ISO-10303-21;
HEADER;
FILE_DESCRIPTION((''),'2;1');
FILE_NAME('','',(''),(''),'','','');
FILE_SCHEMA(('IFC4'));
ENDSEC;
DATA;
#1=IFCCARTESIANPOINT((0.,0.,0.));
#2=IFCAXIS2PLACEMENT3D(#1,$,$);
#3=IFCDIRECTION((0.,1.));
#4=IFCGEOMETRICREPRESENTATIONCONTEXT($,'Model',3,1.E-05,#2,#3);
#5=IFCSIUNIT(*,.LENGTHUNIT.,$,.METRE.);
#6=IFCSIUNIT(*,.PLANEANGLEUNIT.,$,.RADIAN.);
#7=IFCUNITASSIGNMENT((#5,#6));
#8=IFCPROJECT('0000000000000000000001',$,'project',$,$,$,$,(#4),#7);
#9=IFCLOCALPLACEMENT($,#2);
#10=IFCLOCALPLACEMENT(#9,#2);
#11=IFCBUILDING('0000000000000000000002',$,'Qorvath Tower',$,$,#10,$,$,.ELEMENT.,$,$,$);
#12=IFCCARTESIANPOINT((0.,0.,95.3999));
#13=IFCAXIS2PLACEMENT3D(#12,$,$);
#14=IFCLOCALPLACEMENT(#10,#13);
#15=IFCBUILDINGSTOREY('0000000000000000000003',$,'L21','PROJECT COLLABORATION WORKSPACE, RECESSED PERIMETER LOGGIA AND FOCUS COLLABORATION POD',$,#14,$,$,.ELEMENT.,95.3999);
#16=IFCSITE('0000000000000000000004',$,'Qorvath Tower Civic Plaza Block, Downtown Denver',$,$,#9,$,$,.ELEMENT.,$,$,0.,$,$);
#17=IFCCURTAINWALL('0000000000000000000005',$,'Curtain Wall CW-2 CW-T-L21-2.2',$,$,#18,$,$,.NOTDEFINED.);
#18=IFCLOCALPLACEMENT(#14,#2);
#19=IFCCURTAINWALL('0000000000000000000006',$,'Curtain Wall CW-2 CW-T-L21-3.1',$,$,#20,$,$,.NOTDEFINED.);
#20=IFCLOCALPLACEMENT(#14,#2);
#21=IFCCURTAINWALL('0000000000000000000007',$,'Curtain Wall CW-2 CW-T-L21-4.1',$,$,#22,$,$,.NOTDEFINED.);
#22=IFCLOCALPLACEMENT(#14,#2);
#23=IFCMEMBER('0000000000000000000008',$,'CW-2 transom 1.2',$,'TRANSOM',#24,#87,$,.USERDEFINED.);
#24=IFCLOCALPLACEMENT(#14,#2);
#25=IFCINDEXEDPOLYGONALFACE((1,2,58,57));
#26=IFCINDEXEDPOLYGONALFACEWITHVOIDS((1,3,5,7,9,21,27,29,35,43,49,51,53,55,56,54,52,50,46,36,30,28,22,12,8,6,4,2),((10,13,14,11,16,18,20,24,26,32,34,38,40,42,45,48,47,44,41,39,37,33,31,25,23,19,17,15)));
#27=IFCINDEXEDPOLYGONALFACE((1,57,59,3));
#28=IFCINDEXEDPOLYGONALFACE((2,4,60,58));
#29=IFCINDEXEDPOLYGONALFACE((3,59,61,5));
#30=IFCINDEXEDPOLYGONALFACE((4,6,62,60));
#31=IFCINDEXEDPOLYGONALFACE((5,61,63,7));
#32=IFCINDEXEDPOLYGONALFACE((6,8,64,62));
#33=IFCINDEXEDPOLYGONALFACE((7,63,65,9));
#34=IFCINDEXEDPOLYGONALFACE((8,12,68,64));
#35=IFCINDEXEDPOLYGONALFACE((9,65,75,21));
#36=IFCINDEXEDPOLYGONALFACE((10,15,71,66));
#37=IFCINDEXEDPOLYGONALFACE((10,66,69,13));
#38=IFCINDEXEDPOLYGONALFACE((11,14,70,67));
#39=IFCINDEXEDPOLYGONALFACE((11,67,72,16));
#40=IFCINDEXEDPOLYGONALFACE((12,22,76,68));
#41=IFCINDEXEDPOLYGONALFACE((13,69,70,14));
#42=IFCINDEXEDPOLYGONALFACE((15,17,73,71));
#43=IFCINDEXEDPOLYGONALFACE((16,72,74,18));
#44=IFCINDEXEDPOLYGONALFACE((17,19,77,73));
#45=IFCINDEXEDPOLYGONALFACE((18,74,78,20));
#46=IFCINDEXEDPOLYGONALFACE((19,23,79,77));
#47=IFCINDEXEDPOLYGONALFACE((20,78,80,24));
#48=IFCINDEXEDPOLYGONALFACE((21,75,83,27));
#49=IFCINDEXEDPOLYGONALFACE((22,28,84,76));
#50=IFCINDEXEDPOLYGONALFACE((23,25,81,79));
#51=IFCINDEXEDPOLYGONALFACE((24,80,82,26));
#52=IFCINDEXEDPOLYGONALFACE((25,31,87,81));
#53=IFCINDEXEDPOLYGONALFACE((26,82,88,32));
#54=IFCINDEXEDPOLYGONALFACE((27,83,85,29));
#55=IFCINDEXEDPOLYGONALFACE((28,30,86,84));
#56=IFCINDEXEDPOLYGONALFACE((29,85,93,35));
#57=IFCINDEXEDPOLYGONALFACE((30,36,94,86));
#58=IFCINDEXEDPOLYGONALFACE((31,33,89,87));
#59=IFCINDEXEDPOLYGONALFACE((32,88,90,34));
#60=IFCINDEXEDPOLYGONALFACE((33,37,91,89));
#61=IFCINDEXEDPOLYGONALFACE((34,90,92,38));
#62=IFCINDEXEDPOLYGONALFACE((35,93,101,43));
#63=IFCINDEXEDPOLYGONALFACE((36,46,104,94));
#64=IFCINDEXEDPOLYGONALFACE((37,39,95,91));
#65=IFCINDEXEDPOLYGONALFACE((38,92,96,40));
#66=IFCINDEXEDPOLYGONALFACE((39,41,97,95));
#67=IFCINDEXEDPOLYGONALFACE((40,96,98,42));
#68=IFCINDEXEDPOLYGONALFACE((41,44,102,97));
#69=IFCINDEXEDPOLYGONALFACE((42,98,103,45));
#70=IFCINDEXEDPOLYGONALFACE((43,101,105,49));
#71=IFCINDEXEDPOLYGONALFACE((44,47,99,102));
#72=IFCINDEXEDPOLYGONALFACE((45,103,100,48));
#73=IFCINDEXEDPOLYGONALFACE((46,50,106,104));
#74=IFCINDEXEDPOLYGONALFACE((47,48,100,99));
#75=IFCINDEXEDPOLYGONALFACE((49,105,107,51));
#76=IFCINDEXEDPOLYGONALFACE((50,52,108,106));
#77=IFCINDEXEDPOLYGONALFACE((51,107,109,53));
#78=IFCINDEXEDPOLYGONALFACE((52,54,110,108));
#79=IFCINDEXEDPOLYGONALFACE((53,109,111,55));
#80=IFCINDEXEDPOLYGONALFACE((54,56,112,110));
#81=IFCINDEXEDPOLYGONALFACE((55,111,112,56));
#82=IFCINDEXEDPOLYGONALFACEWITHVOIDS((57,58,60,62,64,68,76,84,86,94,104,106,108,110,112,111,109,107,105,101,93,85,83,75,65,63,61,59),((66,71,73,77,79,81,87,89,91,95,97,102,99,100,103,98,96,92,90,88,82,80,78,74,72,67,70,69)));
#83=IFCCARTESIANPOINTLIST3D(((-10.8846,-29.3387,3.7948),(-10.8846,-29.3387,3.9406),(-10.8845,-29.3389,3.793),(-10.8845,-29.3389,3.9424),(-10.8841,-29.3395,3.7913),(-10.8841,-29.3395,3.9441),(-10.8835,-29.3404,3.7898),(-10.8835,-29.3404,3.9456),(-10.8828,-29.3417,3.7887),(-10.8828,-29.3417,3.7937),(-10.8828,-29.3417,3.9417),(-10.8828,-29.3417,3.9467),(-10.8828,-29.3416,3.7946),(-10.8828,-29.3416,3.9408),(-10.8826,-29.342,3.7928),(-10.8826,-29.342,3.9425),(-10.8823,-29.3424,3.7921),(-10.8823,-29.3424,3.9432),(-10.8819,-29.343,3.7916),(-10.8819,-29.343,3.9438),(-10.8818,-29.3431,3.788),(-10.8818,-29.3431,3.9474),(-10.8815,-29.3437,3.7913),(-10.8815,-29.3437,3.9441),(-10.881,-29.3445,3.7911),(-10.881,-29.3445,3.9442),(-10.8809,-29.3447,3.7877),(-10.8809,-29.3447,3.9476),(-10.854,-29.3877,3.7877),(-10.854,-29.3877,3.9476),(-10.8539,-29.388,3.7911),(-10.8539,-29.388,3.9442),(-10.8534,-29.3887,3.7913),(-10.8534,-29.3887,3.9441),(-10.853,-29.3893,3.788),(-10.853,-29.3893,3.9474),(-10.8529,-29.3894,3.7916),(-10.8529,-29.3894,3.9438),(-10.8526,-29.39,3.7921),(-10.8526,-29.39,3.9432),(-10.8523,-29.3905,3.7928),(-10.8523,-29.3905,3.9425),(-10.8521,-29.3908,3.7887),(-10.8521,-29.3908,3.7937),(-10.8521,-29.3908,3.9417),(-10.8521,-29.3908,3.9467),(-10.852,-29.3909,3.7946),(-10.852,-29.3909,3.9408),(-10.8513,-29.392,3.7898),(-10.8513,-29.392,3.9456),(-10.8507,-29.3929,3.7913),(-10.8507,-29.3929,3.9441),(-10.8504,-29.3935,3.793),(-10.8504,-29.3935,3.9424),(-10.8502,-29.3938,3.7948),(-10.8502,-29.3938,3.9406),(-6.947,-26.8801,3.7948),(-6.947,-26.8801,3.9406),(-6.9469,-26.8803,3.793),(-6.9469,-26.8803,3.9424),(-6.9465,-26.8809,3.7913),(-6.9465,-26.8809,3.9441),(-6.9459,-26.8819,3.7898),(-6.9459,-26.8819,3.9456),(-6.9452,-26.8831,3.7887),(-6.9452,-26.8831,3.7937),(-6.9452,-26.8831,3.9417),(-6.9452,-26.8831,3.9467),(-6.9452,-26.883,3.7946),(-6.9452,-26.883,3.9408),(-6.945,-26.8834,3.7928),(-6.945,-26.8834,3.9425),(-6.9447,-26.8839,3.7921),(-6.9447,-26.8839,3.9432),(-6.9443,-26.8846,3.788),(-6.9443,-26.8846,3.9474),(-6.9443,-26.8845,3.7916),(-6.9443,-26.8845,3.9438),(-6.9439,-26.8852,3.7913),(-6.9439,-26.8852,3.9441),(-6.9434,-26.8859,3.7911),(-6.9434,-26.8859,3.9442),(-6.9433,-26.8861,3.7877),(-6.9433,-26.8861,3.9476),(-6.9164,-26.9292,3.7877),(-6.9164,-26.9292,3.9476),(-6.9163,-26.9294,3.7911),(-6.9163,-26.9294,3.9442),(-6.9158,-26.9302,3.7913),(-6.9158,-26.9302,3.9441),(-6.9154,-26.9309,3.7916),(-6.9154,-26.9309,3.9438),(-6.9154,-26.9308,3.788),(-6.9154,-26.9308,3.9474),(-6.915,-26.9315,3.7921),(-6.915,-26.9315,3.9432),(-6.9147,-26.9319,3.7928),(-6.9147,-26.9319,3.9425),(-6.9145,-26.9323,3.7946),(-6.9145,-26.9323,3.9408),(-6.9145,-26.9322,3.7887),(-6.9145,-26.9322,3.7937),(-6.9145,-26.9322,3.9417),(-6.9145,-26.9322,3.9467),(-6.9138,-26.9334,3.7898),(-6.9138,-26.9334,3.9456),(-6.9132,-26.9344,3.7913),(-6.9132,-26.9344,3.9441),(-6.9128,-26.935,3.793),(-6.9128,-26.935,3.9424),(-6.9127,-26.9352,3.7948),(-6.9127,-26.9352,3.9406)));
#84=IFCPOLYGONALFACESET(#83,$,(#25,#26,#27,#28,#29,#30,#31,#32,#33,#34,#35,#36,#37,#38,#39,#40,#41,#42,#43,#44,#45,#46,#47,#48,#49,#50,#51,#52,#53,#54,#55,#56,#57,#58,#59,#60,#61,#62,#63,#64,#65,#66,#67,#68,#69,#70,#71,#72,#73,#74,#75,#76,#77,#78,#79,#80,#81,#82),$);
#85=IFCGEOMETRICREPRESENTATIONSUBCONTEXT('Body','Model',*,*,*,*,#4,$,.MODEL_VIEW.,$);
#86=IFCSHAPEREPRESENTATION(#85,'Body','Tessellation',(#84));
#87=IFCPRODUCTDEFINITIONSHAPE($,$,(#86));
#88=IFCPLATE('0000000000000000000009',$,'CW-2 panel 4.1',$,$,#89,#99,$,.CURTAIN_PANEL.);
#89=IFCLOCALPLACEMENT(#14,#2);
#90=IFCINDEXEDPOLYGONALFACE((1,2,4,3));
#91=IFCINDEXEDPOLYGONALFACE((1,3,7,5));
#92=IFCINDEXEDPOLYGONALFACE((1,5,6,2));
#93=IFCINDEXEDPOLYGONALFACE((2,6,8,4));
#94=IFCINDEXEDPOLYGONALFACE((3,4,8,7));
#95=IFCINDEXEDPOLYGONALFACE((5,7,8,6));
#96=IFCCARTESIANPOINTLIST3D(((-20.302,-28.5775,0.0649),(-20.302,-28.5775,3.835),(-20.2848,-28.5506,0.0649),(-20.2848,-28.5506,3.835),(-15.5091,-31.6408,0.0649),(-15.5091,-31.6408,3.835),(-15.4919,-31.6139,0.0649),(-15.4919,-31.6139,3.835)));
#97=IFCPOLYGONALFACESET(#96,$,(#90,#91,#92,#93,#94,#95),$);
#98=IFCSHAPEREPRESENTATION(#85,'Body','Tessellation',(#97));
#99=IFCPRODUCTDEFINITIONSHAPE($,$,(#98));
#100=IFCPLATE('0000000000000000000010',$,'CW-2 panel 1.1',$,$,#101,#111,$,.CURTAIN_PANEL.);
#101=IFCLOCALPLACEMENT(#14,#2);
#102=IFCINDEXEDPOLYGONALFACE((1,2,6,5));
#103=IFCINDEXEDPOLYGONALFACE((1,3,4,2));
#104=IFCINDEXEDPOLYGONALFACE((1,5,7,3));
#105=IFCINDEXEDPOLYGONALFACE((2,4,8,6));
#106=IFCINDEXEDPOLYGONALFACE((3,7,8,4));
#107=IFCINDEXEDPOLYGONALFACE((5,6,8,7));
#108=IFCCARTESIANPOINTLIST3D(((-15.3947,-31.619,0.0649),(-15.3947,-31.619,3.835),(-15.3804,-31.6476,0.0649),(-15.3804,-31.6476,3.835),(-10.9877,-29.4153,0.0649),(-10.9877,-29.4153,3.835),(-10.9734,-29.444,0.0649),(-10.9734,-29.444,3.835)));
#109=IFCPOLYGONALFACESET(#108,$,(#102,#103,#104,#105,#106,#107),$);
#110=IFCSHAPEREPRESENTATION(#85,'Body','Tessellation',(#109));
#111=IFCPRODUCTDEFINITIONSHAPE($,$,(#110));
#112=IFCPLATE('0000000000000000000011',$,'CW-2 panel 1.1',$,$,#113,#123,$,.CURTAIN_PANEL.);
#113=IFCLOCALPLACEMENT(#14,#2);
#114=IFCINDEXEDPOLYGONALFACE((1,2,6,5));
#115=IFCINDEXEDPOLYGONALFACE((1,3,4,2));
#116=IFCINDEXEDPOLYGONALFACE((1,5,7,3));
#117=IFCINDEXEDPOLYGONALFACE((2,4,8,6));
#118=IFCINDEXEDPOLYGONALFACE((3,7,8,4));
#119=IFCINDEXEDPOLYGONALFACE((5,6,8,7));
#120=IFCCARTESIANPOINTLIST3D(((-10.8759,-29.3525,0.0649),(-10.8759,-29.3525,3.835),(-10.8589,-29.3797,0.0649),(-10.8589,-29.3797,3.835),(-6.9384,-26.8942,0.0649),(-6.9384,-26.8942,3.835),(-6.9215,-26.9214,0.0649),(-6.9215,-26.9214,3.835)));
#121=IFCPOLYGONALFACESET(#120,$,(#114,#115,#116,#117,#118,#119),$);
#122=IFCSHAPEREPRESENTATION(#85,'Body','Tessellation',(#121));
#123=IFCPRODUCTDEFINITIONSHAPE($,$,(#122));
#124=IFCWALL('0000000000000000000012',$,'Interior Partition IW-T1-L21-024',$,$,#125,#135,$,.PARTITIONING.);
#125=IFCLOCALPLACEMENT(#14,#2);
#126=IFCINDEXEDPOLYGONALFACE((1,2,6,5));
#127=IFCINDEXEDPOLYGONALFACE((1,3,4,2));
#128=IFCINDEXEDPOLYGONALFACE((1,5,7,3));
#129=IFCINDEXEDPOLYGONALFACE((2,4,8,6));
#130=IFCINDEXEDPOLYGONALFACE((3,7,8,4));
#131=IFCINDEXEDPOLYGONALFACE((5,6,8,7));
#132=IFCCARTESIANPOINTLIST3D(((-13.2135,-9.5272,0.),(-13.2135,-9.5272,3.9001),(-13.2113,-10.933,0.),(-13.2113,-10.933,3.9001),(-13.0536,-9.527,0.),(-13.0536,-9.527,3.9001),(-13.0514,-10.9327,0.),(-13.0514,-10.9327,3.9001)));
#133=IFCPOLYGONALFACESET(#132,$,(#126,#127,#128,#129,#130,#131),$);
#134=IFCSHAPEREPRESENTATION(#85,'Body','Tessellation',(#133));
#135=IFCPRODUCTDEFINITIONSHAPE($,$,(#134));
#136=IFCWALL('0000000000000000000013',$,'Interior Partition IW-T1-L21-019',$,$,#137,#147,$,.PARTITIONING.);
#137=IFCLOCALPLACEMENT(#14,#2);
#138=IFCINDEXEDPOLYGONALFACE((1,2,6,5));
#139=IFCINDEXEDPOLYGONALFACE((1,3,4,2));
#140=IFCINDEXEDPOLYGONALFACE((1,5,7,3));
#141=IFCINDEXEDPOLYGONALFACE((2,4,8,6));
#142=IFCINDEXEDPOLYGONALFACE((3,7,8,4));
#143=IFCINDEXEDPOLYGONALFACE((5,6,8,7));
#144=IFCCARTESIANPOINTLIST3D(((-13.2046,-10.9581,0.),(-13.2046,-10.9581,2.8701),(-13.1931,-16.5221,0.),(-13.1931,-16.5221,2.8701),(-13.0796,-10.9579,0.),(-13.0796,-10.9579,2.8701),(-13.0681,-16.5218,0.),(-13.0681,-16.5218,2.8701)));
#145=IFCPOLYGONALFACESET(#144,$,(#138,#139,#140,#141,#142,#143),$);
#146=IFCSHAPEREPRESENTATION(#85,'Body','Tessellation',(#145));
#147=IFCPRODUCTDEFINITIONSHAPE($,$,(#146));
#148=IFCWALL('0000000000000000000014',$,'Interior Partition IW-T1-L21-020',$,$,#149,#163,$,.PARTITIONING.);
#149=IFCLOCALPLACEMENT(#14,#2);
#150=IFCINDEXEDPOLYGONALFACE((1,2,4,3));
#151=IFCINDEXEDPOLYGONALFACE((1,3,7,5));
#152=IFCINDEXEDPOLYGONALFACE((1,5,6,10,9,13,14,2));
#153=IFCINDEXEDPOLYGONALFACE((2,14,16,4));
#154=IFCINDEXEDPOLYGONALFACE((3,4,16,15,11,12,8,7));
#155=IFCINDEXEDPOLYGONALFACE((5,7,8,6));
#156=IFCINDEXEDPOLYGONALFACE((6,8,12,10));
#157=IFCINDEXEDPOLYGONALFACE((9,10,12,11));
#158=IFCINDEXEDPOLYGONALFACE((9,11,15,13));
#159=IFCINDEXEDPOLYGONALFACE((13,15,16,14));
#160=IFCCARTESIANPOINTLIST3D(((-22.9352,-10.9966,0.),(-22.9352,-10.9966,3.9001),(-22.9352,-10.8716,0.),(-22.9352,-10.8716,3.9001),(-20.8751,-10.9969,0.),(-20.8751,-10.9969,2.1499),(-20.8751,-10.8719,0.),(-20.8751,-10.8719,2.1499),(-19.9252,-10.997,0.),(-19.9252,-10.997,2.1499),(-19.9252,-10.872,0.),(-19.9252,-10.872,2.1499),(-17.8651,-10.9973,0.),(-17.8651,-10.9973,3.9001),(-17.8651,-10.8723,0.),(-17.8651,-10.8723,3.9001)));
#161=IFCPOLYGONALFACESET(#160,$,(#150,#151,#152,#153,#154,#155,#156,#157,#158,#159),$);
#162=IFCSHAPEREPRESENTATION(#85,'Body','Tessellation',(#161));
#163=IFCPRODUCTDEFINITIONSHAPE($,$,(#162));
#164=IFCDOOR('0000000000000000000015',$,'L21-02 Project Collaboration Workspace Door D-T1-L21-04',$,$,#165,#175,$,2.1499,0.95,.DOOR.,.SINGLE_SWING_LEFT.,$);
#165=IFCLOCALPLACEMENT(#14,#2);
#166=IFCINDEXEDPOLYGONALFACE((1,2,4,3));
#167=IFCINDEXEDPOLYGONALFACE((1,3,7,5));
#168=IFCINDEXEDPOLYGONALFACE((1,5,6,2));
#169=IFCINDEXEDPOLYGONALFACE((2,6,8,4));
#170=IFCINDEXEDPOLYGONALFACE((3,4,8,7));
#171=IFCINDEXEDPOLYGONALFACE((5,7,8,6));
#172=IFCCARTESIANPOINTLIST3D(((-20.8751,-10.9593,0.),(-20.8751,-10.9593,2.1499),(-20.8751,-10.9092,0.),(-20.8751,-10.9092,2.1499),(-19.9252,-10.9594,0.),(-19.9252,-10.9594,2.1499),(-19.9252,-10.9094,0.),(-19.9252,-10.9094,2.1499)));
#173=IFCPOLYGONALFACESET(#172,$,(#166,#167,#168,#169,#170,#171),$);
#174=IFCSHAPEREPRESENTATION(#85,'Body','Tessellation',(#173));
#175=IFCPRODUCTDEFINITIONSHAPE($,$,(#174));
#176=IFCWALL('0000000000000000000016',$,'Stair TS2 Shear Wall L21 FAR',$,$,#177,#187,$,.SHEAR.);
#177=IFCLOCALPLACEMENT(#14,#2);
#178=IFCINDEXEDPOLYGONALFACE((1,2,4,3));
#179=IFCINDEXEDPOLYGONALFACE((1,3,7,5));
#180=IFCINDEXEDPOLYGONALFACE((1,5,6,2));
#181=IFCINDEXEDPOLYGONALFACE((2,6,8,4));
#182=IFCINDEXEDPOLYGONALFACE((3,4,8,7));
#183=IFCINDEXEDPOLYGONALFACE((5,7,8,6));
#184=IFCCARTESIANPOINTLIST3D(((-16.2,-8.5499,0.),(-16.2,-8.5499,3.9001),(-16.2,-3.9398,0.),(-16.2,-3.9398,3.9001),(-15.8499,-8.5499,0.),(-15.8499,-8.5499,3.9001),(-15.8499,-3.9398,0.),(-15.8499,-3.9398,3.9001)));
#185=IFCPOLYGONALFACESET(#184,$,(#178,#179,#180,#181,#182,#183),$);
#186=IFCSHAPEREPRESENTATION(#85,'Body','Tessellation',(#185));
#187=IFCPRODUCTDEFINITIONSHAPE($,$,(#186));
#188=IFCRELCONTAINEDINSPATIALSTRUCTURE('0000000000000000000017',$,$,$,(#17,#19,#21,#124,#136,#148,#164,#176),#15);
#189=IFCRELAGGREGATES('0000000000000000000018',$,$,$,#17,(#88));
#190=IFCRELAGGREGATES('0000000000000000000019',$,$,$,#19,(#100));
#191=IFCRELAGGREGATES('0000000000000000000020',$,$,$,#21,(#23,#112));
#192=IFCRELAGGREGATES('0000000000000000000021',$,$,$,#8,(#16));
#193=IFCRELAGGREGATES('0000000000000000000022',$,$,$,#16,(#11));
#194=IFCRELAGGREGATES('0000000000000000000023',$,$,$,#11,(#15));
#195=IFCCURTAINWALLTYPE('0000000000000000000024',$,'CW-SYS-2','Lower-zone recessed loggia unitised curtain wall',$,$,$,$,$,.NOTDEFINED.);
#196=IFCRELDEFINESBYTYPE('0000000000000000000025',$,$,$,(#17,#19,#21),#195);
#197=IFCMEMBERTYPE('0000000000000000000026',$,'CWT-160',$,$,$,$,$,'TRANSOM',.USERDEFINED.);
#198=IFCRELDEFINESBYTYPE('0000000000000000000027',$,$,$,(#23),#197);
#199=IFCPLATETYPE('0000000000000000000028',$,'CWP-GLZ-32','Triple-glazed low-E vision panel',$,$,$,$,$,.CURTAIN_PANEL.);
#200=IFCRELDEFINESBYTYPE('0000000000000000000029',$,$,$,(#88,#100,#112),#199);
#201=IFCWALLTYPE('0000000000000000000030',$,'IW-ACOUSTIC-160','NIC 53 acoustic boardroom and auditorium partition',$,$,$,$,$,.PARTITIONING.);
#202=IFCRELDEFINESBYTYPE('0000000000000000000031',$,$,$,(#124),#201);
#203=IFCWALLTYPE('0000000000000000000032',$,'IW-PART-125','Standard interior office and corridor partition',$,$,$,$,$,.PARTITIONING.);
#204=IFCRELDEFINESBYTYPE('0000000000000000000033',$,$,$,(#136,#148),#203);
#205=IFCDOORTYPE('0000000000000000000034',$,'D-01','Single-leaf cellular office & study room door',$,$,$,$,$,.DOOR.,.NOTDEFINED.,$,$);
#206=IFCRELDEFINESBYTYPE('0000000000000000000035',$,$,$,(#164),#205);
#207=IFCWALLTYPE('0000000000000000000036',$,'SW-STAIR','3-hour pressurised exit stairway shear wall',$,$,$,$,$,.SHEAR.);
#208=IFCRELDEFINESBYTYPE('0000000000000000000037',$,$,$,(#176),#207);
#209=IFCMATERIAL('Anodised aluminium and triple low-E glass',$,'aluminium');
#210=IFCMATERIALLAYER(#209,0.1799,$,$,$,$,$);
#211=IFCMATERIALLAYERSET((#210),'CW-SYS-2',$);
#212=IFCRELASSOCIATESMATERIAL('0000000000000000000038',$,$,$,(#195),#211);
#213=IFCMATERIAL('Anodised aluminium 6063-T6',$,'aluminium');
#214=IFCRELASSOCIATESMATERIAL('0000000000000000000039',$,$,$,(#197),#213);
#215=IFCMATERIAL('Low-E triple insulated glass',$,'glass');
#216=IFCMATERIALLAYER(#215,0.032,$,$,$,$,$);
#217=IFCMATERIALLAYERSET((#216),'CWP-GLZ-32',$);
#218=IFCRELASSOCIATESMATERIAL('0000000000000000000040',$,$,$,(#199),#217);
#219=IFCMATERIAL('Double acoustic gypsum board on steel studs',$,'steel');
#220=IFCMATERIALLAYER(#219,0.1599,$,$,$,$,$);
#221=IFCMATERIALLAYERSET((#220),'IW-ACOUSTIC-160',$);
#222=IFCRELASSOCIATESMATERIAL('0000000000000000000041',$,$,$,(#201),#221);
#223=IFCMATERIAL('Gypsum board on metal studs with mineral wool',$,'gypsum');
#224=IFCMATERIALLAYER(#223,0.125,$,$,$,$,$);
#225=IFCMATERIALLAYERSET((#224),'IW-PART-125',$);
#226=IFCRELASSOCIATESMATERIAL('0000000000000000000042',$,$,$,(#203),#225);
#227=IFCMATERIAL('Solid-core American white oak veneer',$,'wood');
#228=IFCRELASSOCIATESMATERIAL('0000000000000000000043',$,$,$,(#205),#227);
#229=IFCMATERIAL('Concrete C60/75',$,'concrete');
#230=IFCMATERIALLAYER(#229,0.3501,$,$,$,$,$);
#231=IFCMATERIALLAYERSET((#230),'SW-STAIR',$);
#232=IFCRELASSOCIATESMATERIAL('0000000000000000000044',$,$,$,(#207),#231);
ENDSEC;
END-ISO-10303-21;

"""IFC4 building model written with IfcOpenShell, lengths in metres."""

from ifc_helpers import new_model, si_unit, direction, frame, frame_2d, origin, origin_2d, place, context, subcontext, project, spatial, rectangle, hollow_rectangle, extrude, material, layer, layer_set, material_profile, profile_set, type_object, element, fill, aggregate, save


model = new_model("IFC4")

# Units and contexts
model_context = context("Model", 3, precision=1e-05, world=origin(), true_north=direction((0.0, 1.0)))
body_context = subcontext(model_context, "Body", "Model", "MODEL_VIEW")
ifc_project = project(units=[si_unit("LENGTHUNIT", "METRE"), si_unit("PLANEANGLEUNIT", "RADIAN")], contexts=[model_context])

# Site, building, storey
site_placement = place(None, origin())
site = spatial("IfcSite", under=ifc_project, at=site_placement, Name="Qorvath Tower Civic Plaza Block, Downtown Denver", CompositionType="ELEMENT", RefElevation=0.0)
building_placement = place(site_placement, origin())
building = spatial("IfcBuilding", under=site, at=building_placement, Name="Qorvath Tower", CompositionType="ELEMENT")
storey_placement = place(building_placement, frame((0.0, 0.0, 95.3999)))
storey = spatial("IfcBuildingStorey", under=building, at=storey_placement, Name="L21", Description="PROJECT COLLABORATION WORKSPACE, RECESSED PERIMETER LOGGIA AND FOCUS COLLABORATION POD", CompositionType="ELEMENT", Elevation=95.3999)

# Curtain wall
ifc_material_1 = material(Name="Anodised aluminium and triple low-E glass", Category="aluminium")
ifc_layer_1 = layer(ifc_material_1, 0.1799)
ifc_layer_set_1 = layer_set([ifc_layer_1], Name="CW-SYS-2")
curtain_wall_type = type_object("IfcCurtainWallType", Name="CW-SYS-2", Description="Lower-zone recessed loggia unitised curtain wall", PredefinedType="NOTDEFINED", material=ifc_layer_set_1)
curtain_wall_1_placement = place(storey_placement, origin())
curtain_wall_1 = element("IfcCurtainWall", 1, at=curtain_wall_1_placement, inside=storey, type_object=curtain_wall_type, Name="Curtain Wall CW-2 CW-T-L21-2.2", PredefinedType="NOTDEFINED")

# Curtain wall
curtain_wall_2_placement = place(storey_placement, origin())
curtain_wall_2 = element("IfcCurtainWall", 2, at=curtain_wall_2_placement, inside=storey, type_object=curtain_wall_type, Name="Curtain Wall CW-2 CW-T-L21-3.1", PredefinedType="NOTDEFINED")

# Curtain wall
curtain_wall_3_placement = place(storey_placement, origin())
curtain_wall_3 = element("IfcCurtainWall", 3, at=curtain_wall_3_placement, inside=storey, type_object=curtain_wall_type, Name="Curtain Wall CW-2 CW-T-L21-4.1", PredefinedType="NOTDEFINED")

# Member
ifc_material_2 = material(Name="Anodised aluminium 6063-T6", Category="aluminium")
ifc_material_profile_1 = material_profile(ifc_material_2, hollow_rectangle(XDim=0.0649, YDim=0.1599, WallThickness=0.0034, InnerFilletRadius=0.0034, OuterFilletRadius=0.0071, at=origin_2d()), Name="CWT 160x65")
ifc_profile_set_1 = profile_set([ifc_material_profile_1], Name="Anodised aluminium 6063-T6")
member_type_1 = type_object("IfcMemberType", Name="CWT-160", ElementType="TRANSOM", PredefinedType="USERDEFINED", material=ifc_profile_set_1)
member_1_placement = place(storey_placement, frame((-10.8674, -29.3662, 3.8677), z_axis=(0.848235, 0.529621, 0.0), x_axis=(-0.529621, 0.848235, 0.0)))
member_1 = element("IfcMember", 4, at=member_1_placement, type_object=member_type_1, Name="CW-2 transom 1.2", ObjectType="TRANSOM", PredefinedType="USERDEFINED", context=body_context, shape_type="SweptSolid", body=[
    extrude(hollow_rectangle(XDim=0.0649, YDim=0.1599, WallThickness=0.0034, InnerFilletRadius=0.0034, OuterFilletRadius=0.0071, at=origin_2d()), origin(), (0.0, 0.0, 1.0), 4.6421),
])

# Plates
ifc_material_3 = material(Name="Low-E triple insulated glass", Category="glass")
ifc_layer_2 = layer(ifc_material_3, 0.032)
ifc_layer_set_2 = layer_set([ifc_layer_2], Name="CWP-GLZ-32")
plate_type = type_object("IfcPlateType", Name="CWP-GLZ-32", Description="Triple-glazed low-E vision panel", PredefinedType="CURTAIN_PANEL", material=ifc_layer_set_2)
plate_1_placement = place(storey_placement, frame((-17.897, -30.0957, 0.0649), z_axis=(0.0, 0.0, 1.0), x_axis=(0.842601, -0.538539, 0.0)))
plate_1 = element("IfcPlate", 5, at=plate_1_placement, type_object=plate_type, Name="CW-2 panel 4.1", PredefinedType="CURTAIN_PANEL", context=body_context, shape_type="SweptSolid", body=[
    extrude(rectangle(XDim=5.6882, YDim=0.032, at=origin_2d()), origin(), (0.0, 0.0, 1.0), 3.77),
])
aggregate(curtain_wall_1, [plate_1])
plate_2_placement = place(storey_placement, frame((-13.1841, -30.5315, 0.0649), z_axis=(0.0, 0.0, 1.0), x_axis=(0.894411, 0.447245, 0.0)))
plate_2 = element("IfcPlate", 6, at=plate_2_placement, type_object=plate_type, Name="CW-2 panel 1.1", PredefinedType="CURTAIN_PANEL", context=body_context, shape_type="SweptSolid", body=[
    extrude(rectangle(XDim=4.9272, YDim=0.032, at=origin_2d()), origin(), (0.0, 0.0, 1.0), 3.77),
])
aggregate(curtain_wall_2, [plate_2])
plate_3_placement = place(storey_placement, frame((-8.8987, -28.137, 0.0649), z_axis=(0.0, 0.0, 1.0), x_axis=(0.84825, 0.529596, 0.0)))
plate_3 = element("IfcPlate", 7, at=plate_3_placement, type_object=plate_type, Name="CW-2 panel 1.1", PredefinedType="CURTAIN_PANEL", context=body_context, shape_type="SweptSolid", body=[
    extrude(rectangle(XDim=4.6418, YDim=0.032, at=origin_2d()), origin(), (0.0, 0.0, 1.0), 3.77),
])
aggregate(curtain_wall_3, [member_1, plate_3])

# Walls
ifc_material_4 = material(Name="Double acoustic gypsum board on steel studs", Category="steel")
ifc_layer_3 = layer(ifc_material_4, 0.1599)
ifc_layer_set_3 = layer_set([ifc_layer_3], Name="IW-ACOUSTIC-160")
wall_type_1 = type_object("IfcWallType", Name="IW-ACOUSTIC-160", Description="NIC 53 acoustic boardroom and auditorium partition", PredefinedType="PARTITIONING", material=ifc_layer_set_3)
wall_1_placement = place(storey_placement, frame((-13.1335, -9.5271, 0.0), z_axis=(0.0, 0.0, 1.0), x_axis=(0.001563, -0.999999, 0.0)))
element("IfcWall", 8, at=wall_1_placement, inside=storey, type_object=wall_type_1, Name="Interior Partition IW-T1-L21-024", PredefinedType="PARTITIONING", context=body_context, shape_type="SweptSolid", body=[
    extrude(rectangle(XDim=1.4058, YDim=0.1599, at=frame_2d((0.7029, 0.0))), origin(), (0.0, 0.0, 1.0), 3.9001),
])
ifc_material_5 = material(Name="Gypsum board on metal studs with mineral wool", Category="gypsum")
ifc_layer_4 = layer(ifc_material_5, 0.125)
ifc_layer_set_4 = layer_set([ifc_layer_4], Name="IW-PART-125")
wall_type_2 = type_object("IfcWallType", Name="IW-PART-125", Description="Standard interior office and corridor partition", PredefinedType="PARTITIONING", material=ifc_layer_set_4)
wall_2_placement = place(storey_placement, frame((-13.1306, -16.522, 0.0), z_axis=(0.0, 0.0, 1.0), x_axis=(-0.002062, 0.999998, 0.0)))
element("IfcWall", 9, at=wall_2_placement, inside=storey, type_object=wall_type_2, Name="Interior Partition IW-T1-L21-019", PredefinedType="PARTITIONING", context=body_context, shape_type="SweptSolid", body=[
    extrude(rectangle(XDim=5.564, YDim=0.125, at=frame_2d((2.782, 0.0))), origin(), (0.0, 0.0, 1.0), 2.8701),
])

# Wall, opening, door
wall_3_placement = place(storey_placement, frame((-17.865, -10.9348, 0.0), z_axis=(0.0, 0.0, 1.0), x_axis=(-1.0, 0.000144, 0.0)))
wall_3 = element("IfcWall", 10, at=wall_3_placement, inside=storey, type_object=wall_type_2, Name="Interior Partition IW-T1-L21-020", PredefinedType="PARTITIONING", context=body_context, shape_type="SweptSolid", body=[
    extrude(rectangle(XDim=5.0701, YDim=0.125, at=frame_2d((2.5352, 0.0))), origin(), (0.0, 0.0, 1.0), 3.9001),
])
opening_placement = place(wall_3_placement, frame((2.0601, 0.0, 0.0)))
opening = element("IfcOpeningElement", 11, at=opening_placement, cuts=wall_3, PredefinedType="OPENING", context=body_context, shape_type="SweptSolid", body=[
    extrude(rectangle(XDim=0.95, YDim=2.1499, at=frame_2d((0.4751, 1.075))), frame((0.0, 0.0725, 0.0), z_axis=(0.0, -1.0, 0.0), x_axis=(1.0, 0.0, 0.0)), (0.0, 0.0, 1.0), 0.145),
])
ifc_material_6 = material(Name="Solid-core American white oak veneer", Category="wood")
door_type = type_object("IfcDoorType", Name="D-01", Description="Single-leaf cellular office & study room door", OperationType="NOTDEFINED", PredefinedType="DOOR", material=ifc_material_6)
door_placement = place(opening_placement, origin())
door = element("IfcDoor", 12, at=door_placement, inside=storey, type_object=door_type, Name="L21-02 Project Collaboration Workspace Door D-T1-L21-04", OperationType="SINGLE_SWING_LEFT", OverallHeight=2.1499, OverallWidth=0.95, PredefinedType="DOOR", context=body_context, shape_type="SweptSolid", body=[
    extrude(rectangle(XDim=0.95, YDim=2.1499, at=frame_2d((0.4751, 1.075))), frame((0.0, 0.0249, 0.0), z_axis=(0.0, -1.0, 0.0), x_axis=(1.0, 0.0, 0.0)), (0.0, 0.0, 1.0), 0.05),
])
fill(opening, door)

# Wall
ifc_material_7 = material(Name="Concrete C60/75", Category="concrete")
ifc_layer_5 = layer(ifc_material_7, 0.3501)
ifc_layer_set_5 = layer_set([ifc_layer_5], Name="SW-STAIR")
wall_type_3 = type_object("IfcWallType", Name="SW-STAIR", Description="3-hour pressurised exit stairway shear wall", PredefinedType="SHEAR", material=ifc_layer_set_5)
wall_4_placement = place(storey_placement, frame((-16.0249, -8.55, 0.0), z_axis=(0.0, 0.0, 1.0), x_axis=(0.0, 1.0, 0.0)))
element("IfcWall", 13, at=wall_4_placement, inside=storey, type_object=wall_type_3, Name="Stair TS2 Shear Wall L21 FAR", PredefinedType="SHEAR", context=body_context, shape_type="SweptSolid", body=[
    extrude(rectangle(XDim=4.6101, YDim=0.3501, at=frame_2d((2.3052, 0.0))), origin(), (0.0, 0.0, 1.0), 3.9001),
])

save(model, "model.ifc")
